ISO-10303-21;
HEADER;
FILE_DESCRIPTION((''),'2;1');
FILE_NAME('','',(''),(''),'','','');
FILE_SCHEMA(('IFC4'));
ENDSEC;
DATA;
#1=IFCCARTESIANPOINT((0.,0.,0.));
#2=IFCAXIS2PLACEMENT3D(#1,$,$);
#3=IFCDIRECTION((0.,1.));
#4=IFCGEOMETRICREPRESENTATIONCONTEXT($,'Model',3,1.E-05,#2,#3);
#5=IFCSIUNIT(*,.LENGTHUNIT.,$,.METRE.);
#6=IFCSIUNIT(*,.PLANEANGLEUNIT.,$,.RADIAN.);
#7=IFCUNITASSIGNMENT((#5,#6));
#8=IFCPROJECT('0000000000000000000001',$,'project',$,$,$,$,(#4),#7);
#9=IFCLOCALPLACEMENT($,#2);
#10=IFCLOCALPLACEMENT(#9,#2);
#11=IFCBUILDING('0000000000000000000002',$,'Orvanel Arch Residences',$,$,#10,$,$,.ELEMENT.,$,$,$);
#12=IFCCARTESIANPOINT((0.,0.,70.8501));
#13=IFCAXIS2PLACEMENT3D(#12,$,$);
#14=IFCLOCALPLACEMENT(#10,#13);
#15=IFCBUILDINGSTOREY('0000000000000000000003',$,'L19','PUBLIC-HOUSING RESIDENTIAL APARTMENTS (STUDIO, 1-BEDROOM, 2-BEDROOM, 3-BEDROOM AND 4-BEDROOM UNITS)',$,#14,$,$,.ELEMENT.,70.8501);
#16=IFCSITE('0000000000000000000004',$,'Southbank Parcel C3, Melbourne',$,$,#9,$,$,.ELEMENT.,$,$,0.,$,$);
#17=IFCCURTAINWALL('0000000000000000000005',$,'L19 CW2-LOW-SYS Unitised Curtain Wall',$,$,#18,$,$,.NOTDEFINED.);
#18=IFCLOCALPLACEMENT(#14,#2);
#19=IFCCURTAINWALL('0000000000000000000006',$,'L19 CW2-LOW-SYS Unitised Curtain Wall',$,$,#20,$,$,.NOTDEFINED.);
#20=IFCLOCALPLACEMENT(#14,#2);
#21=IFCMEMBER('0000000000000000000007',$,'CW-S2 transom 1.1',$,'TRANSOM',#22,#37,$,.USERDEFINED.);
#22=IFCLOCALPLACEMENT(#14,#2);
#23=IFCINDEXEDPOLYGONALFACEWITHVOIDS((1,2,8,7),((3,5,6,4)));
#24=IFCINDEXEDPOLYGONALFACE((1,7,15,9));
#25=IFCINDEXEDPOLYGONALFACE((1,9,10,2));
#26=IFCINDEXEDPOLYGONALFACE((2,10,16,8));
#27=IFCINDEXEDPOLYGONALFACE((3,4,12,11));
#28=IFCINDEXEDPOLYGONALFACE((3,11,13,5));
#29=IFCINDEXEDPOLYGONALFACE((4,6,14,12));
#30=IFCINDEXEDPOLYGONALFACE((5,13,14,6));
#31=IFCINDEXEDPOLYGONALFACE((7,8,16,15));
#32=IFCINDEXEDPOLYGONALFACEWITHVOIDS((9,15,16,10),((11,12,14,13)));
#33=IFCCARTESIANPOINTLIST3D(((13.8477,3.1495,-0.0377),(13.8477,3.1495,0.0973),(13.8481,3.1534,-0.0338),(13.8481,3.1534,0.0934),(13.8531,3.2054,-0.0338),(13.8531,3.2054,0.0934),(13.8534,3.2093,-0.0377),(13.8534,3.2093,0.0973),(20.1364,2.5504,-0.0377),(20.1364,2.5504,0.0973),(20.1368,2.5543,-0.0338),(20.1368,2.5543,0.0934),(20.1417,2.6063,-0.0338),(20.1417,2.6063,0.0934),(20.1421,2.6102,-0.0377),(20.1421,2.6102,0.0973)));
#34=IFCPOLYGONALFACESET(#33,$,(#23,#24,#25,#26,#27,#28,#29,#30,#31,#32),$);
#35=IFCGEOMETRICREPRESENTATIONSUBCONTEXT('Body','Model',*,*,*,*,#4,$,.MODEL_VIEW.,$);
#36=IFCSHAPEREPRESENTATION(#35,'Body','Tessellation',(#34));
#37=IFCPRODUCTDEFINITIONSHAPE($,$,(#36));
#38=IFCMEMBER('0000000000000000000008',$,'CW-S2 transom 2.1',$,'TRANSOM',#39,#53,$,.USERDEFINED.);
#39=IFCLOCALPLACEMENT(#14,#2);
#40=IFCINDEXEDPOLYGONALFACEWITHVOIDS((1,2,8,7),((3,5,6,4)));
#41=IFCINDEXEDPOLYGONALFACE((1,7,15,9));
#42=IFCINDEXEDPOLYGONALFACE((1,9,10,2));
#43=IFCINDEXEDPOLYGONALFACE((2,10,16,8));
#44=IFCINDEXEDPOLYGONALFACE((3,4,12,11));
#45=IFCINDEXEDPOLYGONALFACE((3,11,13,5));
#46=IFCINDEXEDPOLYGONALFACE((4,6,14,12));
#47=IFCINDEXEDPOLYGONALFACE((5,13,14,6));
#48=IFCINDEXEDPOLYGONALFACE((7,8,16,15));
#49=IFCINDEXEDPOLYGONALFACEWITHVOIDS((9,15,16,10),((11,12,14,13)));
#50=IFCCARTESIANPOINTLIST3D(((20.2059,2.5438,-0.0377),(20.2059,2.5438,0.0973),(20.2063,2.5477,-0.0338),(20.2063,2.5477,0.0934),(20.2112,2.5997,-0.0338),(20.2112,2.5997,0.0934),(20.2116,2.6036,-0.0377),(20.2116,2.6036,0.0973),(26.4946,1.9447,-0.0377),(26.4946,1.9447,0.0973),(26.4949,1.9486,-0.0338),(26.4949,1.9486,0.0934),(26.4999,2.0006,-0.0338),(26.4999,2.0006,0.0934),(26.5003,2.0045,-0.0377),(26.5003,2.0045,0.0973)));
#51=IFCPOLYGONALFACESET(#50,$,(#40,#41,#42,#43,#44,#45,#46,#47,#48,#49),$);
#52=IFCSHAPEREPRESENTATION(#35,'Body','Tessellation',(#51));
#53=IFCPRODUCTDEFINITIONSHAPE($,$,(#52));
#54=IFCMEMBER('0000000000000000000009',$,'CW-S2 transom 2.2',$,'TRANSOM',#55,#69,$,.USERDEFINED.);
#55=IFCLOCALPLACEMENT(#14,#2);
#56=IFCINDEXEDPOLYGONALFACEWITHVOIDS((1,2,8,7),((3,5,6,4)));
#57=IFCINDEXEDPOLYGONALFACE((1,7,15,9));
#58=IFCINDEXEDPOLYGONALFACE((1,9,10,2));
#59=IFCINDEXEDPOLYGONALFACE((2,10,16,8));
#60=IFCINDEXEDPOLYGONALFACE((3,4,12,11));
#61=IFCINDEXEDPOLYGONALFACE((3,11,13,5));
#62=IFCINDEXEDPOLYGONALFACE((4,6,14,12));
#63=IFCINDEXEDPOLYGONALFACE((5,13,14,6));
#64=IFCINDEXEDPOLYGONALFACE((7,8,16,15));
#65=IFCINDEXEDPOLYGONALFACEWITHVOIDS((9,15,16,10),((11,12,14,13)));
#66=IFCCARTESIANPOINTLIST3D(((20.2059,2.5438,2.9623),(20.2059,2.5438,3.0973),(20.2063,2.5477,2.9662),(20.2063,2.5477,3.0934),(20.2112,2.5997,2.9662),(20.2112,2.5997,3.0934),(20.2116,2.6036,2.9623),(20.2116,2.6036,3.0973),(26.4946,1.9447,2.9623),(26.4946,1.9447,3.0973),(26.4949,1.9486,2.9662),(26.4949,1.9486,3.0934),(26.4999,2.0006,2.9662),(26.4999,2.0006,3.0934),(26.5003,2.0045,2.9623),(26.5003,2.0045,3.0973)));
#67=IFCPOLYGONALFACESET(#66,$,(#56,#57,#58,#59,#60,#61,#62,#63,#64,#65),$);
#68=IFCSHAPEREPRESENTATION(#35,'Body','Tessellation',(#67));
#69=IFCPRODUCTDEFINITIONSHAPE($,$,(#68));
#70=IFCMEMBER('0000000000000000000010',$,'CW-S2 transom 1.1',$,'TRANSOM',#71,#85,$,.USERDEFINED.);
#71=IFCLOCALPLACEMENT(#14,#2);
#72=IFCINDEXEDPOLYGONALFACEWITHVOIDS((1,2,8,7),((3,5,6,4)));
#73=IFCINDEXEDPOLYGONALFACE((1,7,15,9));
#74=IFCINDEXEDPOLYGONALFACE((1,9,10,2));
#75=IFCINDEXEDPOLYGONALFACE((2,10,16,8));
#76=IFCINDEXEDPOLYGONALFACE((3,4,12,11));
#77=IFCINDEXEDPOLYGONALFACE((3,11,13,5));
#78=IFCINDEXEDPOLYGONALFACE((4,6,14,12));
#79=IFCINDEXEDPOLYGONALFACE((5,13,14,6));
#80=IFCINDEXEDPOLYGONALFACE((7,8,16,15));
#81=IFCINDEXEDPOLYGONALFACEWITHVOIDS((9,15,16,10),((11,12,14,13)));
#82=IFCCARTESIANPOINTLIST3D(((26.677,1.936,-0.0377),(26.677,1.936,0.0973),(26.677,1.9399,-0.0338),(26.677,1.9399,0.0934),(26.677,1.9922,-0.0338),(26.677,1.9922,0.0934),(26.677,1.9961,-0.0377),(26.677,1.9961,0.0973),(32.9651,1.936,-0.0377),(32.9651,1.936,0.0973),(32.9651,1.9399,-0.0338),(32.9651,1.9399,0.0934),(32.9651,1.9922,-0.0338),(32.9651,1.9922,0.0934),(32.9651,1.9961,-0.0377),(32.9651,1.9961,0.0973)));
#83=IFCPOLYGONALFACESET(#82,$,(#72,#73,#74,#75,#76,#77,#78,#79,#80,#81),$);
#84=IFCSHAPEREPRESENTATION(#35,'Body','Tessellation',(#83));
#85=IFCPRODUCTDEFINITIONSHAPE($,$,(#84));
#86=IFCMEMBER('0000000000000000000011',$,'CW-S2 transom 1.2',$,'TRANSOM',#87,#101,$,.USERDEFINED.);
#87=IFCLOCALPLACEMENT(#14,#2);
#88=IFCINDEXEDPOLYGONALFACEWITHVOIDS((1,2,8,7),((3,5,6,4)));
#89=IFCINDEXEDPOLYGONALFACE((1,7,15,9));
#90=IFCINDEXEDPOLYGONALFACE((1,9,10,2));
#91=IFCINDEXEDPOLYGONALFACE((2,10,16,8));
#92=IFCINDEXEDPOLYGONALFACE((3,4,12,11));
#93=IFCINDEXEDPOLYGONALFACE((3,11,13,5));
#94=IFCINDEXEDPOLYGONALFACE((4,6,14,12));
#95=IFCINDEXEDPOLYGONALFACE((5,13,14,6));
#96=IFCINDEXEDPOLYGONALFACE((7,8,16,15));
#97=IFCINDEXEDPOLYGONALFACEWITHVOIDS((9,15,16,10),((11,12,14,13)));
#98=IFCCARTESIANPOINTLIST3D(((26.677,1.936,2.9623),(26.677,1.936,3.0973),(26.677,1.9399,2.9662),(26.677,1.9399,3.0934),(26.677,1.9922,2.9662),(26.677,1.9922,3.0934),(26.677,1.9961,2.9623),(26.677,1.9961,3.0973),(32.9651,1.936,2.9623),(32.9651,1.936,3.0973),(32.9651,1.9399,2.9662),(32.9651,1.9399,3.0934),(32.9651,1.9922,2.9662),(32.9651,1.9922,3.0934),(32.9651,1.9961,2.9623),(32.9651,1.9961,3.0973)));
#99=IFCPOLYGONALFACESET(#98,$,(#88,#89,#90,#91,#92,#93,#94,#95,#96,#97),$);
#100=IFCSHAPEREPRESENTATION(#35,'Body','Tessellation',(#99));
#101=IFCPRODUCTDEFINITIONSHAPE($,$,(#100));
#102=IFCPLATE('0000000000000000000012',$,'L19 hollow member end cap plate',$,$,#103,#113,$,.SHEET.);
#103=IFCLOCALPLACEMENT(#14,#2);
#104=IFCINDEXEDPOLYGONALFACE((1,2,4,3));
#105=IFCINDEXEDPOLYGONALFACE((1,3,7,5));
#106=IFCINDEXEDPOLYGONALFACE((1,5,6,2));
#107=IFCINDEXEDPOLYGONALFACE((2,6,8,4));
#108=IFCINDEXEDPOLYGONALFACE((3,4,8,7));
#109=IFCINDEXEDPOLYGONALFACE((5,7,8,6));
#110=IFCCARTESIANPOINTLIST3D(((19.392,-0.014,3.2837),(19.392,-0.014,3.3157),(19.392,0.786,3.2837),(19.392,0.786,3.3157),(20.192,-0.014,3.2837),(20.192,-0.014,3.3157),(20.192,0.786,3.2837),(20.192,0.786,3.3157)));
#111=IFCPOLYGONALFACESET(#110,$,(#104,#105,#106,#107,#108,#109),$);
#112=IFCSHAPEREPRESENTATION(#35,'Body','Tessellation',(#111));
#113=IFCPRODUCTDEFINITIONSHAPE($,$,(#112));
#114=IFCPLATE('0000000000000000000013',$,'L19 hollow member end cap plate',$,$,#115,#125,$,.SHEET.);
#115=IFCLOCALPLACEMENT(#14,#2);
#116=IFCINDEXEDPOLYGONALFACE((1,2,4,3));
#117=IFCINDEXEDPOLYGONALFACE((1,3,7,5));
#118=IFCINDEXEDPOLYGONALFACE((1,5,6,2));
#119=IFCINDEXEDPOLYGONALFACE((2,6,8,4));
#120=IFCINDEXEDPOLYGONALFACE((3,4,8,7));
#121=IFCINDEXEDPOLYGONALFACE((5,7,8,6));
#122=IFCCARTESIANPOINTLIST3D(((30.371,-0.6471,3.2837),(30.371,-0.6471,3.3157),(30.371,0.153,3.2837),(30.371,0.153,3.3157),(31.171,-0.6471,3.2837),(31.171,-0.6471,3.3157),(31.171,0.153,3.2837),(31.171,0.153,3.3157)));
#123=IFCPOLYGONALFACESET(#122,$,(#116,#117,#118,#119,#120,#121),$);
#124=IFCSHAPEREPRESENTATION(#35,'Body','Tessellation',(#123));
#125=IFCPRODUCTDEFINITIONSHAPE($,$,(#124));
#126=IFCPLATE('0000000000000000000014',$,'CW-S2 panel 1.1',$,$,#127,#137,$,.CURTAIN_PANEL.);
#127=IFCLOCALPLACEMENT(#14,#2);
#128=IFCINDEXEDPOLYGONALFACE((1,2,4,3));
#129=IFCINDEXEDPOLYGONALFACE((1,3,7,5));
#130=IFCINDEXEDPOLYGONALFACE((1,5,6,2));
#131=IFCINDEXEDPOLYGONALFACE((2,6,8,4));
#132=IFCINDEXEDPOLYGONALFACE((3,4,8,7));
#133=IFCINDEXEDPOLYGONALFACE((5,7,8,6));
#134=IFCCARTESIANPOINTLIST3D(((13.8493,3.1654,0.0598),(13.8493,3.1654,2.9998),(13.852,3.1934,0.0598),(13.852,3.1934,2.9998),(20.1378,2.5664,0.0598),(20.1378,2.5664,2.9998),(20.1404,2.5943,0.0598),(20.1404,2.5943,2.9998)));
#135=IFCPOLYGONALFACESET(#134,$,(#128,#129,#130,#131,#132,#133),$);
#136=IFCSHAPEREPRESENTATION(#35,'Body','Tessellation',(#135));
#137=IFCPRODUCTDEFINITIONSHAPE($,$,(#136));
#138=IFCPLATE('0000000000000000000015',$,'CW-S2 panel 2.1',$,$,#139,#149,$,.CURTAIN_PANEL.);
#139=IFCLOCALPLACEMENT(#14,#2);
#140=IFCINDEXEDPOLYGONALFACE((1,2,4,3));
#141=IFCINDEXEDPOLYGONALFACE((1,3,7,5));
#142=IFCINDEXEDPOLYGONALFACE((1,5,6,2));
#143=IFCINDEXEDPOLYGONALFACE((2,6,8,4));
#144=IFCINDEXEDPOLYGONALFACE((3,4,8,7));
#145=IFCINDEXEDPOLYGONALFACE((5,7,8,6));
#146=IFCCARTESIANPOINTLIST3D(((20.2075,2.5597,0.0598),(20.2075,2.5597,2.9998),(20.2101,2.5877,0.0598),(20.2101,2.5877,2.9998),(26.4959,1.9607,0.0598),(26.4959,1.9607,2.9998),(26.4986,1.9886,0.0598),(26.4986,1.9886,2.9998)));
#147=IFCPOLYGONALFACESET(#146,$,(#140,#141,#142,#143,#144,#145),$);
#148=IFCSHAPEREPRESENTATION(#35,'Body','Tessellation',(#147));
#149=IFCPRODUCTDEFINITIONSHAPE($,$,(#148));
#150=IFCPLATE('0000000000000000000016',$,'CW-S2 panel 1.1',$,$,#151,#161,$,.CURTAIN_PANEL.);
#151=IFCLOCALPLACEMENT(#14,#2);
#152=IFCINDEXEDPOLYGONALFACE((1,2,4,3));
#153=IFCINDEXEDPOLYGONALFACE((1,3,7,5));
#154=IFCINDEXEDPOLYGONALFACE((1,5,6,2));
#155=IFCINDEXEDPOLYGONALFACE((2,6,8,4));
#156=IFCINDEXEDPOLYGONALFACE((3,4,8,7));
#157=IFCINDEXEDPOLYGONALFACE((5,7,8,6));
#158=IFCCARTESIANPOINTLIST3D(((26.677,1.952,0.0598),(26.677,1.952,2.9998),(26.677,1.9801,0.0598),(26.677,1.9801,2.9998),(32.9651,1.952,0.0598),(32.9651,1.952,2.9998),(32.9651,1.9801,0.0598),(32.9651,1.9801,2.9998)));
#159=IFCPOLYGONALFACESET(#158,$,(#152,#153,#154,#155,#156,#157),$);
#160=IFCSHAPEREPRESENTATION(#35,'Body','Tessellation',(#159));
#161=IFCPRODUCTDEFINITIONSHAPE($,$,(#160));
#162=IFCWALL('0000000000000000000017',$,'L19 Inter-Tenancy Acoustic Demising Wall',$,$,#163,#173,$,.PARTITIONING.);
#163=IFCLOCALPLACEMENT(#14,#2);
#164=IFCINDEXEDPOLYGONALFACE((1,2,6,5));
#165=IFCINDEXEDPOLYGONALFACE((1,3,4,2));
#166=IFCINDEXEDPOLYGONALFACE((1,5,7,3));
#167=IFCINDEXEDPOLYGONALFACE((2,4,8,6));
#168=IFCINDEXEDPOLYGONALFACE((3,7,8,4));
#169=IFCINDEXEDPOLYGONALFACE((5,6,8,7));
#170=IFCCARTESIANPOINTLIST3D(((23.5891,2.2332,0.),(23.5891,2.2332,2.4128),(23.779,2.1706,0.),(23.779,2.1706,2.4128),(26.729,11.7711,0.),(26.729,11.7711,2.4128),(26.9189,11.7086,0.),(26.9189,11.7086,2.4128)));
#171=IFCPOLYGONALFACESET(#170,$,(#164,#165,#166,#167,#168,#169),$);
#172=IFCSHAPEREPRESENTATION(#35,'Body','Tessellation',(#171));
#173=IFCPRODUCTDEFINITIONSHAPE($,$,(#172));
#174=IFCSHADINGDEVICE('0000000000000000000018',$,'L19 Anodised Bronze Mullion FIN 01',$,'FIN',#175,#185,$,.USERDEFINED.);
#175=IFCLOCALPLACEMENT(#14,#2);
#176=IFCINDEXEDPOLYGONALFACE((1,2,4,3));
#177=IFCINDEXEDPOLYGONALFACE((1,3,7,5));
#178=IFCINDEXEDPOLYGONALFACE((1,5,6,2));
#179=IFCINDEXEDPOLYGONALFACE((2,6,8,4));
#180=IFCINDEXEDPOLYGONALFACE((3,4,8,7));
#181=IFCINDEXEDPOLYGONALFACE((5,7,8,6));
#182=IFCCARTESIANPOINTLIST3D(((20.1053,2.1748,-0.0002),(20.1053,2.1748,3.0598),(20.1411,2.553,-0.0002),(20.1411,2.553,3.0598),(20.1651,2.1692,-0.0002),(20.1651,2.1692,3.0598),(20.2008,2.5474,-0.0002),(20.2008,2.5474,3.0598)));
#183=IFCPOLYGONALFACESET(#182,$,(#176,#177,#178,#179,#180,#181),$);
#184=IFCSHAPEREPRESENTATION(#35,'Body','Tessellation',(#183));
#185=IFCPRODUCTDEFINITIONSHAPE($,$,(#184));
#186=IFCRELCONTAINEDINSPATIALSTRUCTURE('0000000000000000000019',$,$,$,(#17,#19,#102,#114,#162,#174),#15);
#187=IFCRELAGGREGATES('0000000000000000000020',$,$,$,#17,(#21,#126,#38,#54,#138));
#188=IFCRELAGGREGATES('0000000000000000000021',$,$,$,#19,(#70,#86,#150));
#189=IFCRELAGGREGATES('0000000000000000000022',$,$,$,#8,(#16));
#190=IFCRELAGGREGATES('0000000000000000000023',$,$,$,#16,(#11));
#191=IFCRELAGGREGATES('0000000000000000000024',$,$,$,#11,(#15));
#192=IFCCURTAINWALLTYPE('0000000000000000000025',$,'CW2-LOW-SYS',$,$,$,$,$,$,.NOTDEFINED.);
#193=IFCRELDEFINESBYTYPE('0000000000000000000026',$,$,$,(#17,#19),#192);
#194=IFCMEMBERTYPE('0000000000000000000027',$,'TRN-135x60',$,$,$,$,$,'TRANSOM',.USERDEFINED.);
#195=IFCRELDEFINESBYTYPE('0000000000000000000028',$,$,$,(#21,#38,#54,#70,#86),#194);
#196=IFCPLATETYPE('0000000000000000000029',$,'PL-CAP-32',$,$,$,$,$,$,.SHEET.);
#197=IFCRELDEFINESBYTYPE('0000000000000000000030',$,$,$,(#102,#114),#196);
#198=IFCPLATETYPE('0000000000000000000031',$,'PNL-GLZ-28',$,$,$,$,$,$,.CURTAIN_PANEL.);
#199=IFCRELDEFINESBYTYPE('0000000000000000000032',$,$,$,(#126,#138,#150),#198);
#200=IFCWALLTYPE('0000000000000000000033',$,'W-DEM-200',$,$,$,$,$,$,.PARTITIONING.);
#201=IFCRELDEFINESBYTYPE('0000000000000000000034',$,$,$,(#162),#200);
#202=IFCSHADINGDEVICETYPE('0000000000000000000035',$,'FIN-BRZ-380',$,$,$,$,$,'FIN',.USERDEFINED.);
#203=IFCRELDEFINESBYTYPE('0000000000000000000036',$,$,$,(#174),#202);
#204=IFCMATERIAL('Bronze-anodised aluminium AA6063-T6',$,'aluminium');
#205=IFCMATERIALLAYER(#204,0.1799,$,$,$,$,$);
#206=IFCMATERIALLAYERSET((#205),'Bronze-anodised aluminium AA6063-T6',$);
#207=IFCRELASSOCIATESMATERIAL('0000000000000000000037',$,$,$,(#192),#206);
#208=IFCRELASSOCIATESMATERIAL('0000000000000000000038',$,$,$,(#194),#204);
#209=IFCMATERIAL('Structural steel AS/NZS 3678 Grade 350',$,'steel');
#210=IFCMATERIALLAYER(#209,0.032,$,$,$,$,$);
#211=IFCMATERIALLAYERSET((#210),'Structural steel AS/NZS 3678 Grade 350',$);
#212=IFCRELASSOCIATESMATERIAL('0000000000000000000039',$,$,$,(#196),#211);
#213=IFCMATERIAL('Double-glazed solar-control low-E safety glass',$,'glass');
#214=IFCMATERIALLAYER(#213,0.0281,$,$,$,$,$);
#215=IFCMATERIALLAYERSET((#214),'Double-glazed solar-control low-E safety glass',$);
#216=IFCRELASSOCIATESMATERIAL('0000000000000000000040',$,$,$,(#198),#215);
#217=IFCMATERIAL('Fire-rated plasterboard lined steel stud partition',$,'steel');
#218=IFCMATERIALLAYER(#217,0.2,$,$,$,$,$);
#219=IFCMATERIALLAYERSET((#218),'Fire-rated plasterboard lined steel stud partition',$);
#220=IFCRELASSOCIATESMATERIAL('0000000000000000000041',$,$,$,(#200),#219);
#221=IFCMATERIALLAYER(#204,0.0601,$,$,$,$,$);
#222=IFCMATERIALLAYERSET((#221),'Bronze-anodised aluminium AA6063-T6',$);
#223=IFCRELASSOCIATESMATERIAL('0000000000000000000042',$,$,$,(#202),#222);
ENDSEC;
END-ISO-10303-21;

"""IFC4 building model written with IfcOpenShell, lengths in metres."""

from ifc_helpers import new_model, si_unit, direction, frame, frame_2d, origin, origin_2d, place, context, subcontext, project, spatial, rectangle, hollow_rectangle, extrude, material, layer, layer_set, material_profile, profile_set, type_object, element, aggregate, save


model = new_model("IFC4")

# Units and contexts
model_context = context("Model", 3, precision=1e-05, world=origin(), true_north=direction((0.0, 1.0)))
body_context = subcontext(model_context, "Body", "Model", "MODEL_VIEW")
ifc_project = project(units=[si_unit("LENGTHUNIT", "METRE"), si_unit("PLANEANGLEUNIT", "RADIAN")], contexts=[model_context])

# Site, building, storey
site_placement = place(None, origin())
site = spatial("IfcSite", under=ifc_project, at=site_placement, Name="Southbank Parcel C3, Melbourne", CompositionType="ELEMENT", RefElevation=0.0)
building_placement = place(site_placement, origin())
building = spatial("IfcBuilding", under=site, at=building_placement, Name="Orvanel Arch Residences", CompositionType="ELEMENT")
storey_placement = place(building_placement, frame((0.0, 0.0, 70.8501)))
storey = spatial("IfcBuildingStorey", under=building, at=storey_placement, Name="L19", Description="PUBLIC-HOUSING RESIDENTIAL APARTMENTS (STUDIO, 1-BEDROOM, 2-BEDROOM, 3-BEDROOM AND 4-BEDROOM UNITS)", CompositionType="ELEMENT", Elevation=70.8501)

# Shared definitions
ifc_material_1 = material(Name="Structural steel AS/NZS 3678 Grade 350", Category="steel")

# Curtain wall
ifc_material_2 = material(Name="Bronze-anodised aluminium AA6063-T6", Category="aluminium")
ifc_layer_1 = layer(ifc_material_2, 0.1799)
ifc_layer_set_1 = layer_set([ifc_layer_1], Name="Bronze-anodised aluminium AA6063-T6")
curtain_wall_type = type_object("IfcCurtainWallType", Name="CW2-LOW-SYS", PredefinedType="NOTDEFINED", material=ifc_layer_set_1)
curtain_wall_1_placement = place(storey_placement, origin())
curtain_wall_1 = element("IfcCurtainWall", 1, at=curtain_wall_1_placement, inside=storey, type_object=curtain_wall_type, Name="L19 CW2-LOW-SYS Unitised Curtain Wall", PredefinedType="NOTDEFINED")

# Curtain wall
curtain_wall_2_placement = place(storey_placement, origin())
curtain_wall_2 = element("IfcCurtainWall", 2, at=curtain_wall_2_placement, inside=storey, type_object=curtain_wall_type, Name="L19 CW2-LOW-SYS Unitised Curtain Wall", PredefinedType="NOTDEFINED")

# Members
ifc_material_profile_1 = material_profile(ifc_material_2, hollow_rectangle(XDim=0.0601, YDim=0.135, WallThickness=0.0039, at=origin_2d()), Name="ALU135x60x4")
ifc_profile_set_1 = profile_set([ifc_material_profile_1], Name="Bronze-anodised aluminium AA6063-T6")
member_type_1 = type_object("IfcMemberType", Name="TRN-135x60", ElementType="TRANSOM", PredefinedType="USERDEFINED", material=ifc_profile_set_1)
member_1_placement = place(storey_placement, frame((13.8506, 3.1794, 0.0298), z_axis=(0.995492, -0.094842, 0.0), x_axis=(0.094842, 0.995492, 0.0)))
member_1 = element("IfcMember", 3, at=member_1_placement, type_object=member_type_1, Name="CW-S2 transom 1.1", ObjectType="TRANSOM", PredefinedType="USERDEFINED", context=body_context, shape_type="SweptSolid", body=[
    extrude(hollow_rectangle(XDim=0.0601, YDim=0.135, WallThickness=0.0039, at=origin_2d()), origin(), (0.0, 0.0, 1.0), 6.3171),
])
member_2_placement = place(storey_placement, frame((20.2087, 2.5737, 0.0298), z_axis=(0.995492, -0.094842, 0.0), x_axis=(0.094842, 0.995492, 0.0)))
member_2 = element("IfcMember", 4, at=member_2_placement, type_object=member_type_1, Name="CW-S2 transom 2.1", ObjectType="TRANSOM", PredefinedType="USERDEFINED", context=body_context, shape_type="SweptSolid", body=[
    extrude(hollow_rectangle(XDim=0.0601, YDim=0.135, WallThickness=0.0039, at=origin_2d()), origin(), (0.0, 0.0, 1.0), 6.3171),
])
member_3_placement = place(storey_placement, frame((20.2087, 2.5737, 3.0298), z_axis=(0.995492, -0.094842, 0.0), x_axis=(0.094842, 0.995492, 0.0)))
member_3 = element("IfcMember", 5, at=member_3_placement, type_object=member_type_1, Name="CW-S2 transom 2.2", ObjectType="TRANSOM", PredefinedType="USERDEFINED", context=body_context, shape_type="SweptSolid", body=[
    extrude(hollow_rectangle(XDim=0.0601, YDim=0.135, WallThickness=0.0039, at=origin_2d()), origin(), (0.0, 0.0, 1.0), 6.3171),
])
member_4_placement = place(storey_placement, frame((26.677, 1.9661, 0.0298), z_axis=(1.0, 0.0, 0.0), x_axis=(0.0, 1.0, 0.0)))
member_4 = element("IfcMember", 6, at=member_4_placement, type_object=member_type_1, Name="CW-S2 transom 1.1", ObjectType="TRANSOM", PredefinedType="USERDEFINED", context=body_context, shape_type="SweptSolid", body=[
    extrude(hollow_rectangle(XDim=0.0601, YDim=0.135, WallThickness=0.0039, at=origin_2d()), origin(), (0.0, 0.0, 1.0), 6.2881),
])
member_5_placement = place(storey_placement, frame((26.677, 1.9661, 3.0298), z_axis=(1.0, 0.0, 0.0), x_axis=(0.0, 1.0, 0.0)))
member_5 = element("IfcMember", 7, at=member_5_placement, type_object=member_type_1, Name="CW-S2 transom 1.2", ObjectType="TRANSOM", PredefinedType="USERDEFINED", context=body_context, shape_type="SweptSolid", body=[
    extrude(hollow_rectangle(XDim=0.0601, YDim=0.135, WallThickness=0.0039, at=origin_2d()), origin(), (0.0, 0.0, 1.0), 6.2881),
])

# Plates
ifc_layer_2 = layer(ifc_material_1, 0.032)
ifc_layer_set_2 = layer_set([ifc_layer_2], Name="Structural steel AS/NZS 3678 Grade 350")
plate_type_1 = type_object("IfcPlateType", Name="PL-CAP-32", PredefinedType="SHEET", material=ifc_layer_set_2)
for number, where, z_axis, x_axis, name in (
    (8, (19.792, 0.386, 3.2837), (0.0, 0.0, 1.0), (1.0, 0.0, 0.0), "L19 hollow member end cap plate"),
    (9, (30.771, -0.2471, 3.2837), (0.0, 0.0, 1.0), (1.0, 0.0, 0.0), "L19 hollow member end cap plate"),
):
    element("IfcPlate", number, at=place(storey_placement, frame(where, z_axis=z_axis, x_axis=x_axis)), inside=storey, type_object=plate_type_1, Name=name, PredefinedType="SHEET", context=body_context, shape_type="SweptSolid", body=[
        extrude(rectangle(XDim=0.8, YDim=0.8, at=origin_2d()), origin(), (0.0, 0.0, 1.0), 0.032),
    ])

# Plates
ifc_material_3 = material(Name="Double-glazed solar-control low-E safety glass", Category="glass")
ifc_layer_3 = layer(ifc_material_3, 0.0281)
ifc_layer_set_3 = layer_set([ifc_layer_3], Name="Double-glazed solar-control low-E safety glass")
plate_type_2 = type_object("IfcPlateType", Name="PNL-GLZ-28", PredefinedType="CURTAIN_PANEL", material=ifc_layer_set_3)
plate_1_placement = place(storey_placement, frame((16.9949, 2.8799, 0.0598), z_axis=(0.0, 0.0, 1.0), x_axis=(0.995493, -0.094831, 0.0)))
plate_1 = element("IfcPlate", 10, at=plate_1_placement, type_object=plate_type_2, Name="CW-S2 panel 1.1", PredefinedType="CURTAIN_PANEL", context=body_context, shape_type="SweptSolid", body=[
    extrude(rectangle(XDim=6.3169, YDim=0.0281, at=origin_2d()), origin(), (0.0, 0.0, 1.0), 2.9399),
])
plate_2_placement = place(storey_placement, frame((23.353, 2.2742, 0.0598), z_axis=(0.0, 0.0, 1.0), x_axis=(0.995493, -0.094831, 0.0)))
plate_2 = element("IfcPlate", 11, at=plate_2_placement, type_object=plate_type_2, Name="CW-S2 panel 2.1", PredefinedType="CURTAIN_PANEL", context=body_context, shape_type="SweptSolid", body=[
    extrude(rectangle(XDim=6.3169, YDim=0.0281, at=origin_2d()), origin(), (0.0, 0.0, 1.0), 2.9399),
])
aggregate(curtain_wall_1, [member_1, plate_1, member_2, member_3, plate_2])
plate_3_placement = place(storey_placement, frame((29.821, 1.9661, 0.0598), z_axis=(0.0, 0.0, 1.0), x_axis=(1.0, 0.0, 0.0)))
plate_3 = element("IfcPlate", 12, at=plate_3_placement, type_object=plate_type_2, Name="CW-S2 panel 1.1", PredefinedType="CURTAIN_PANEL", context=body_context, shape_type="SweptSolid", body=[
    extrude(rectangle(XDim=6.2881, YDim=0.0281, at=origin_2d()), origin(), (0.0, 0.0, 1.0), 2.9399),
])
aggregate(curtain_wall_2, [member_4, member_5, plate_3])

# Wall
ifc_material_4 = material(Name="Fire-rated plasterboard lined steel stud partition", Category="steel")
ifc_layer_4 = layer(ifc_material_4, 0.2)
ifc_layer_set_4 = layer_set([ifc_layer_4], Name="Fire-rated plasterboard lined steel stud partition")
wall_type = type_object("IfcWallType", Name="W-DEM-200", PredefinedType="PARTITIONING", material=ifc_layer_set_4)
wall_placement = place(storey_placement, frame((23.6841, 2.2019, 0.0), z_axis=(0.0, 0.0, 1.0), x_axis=(0.312688, 0.949856, 0.0)))
element("IfcWall", 13, at=wall_placement, inside=storey, type_object=wall_type, Name="L19 Inter-Tenancy Acoustic Demising Wall", PredefinedType="PARTITIONING", context=body_context, shape_type="SweptSolid", body=[
    extrude(rectangle(XDim=10.0415, YDim=0.2, at=frame_2d((5.0208, 0.0))), origin(), (0.0, 0.0, 1.0), 2.4128),
])

# Shading device
ifc_layer_5 = layer(ifc_material_2, 0.0601)
ifc_layer_set_5 = layer_set([ifc_layer_5], Name="Bronze-anodised aluminium AA6063-T6")
shading_device_type = type_object("IfcShadingDeviceType", Name="FIN-BRZ-380", ElementType="FIN", PredefinedType="USERDEFINED", material=ifc_layer_set_5)
shading_device_placement = place(storey_placement, frame((20.1531, 2.3611, -0.0002), z_axis=(0.0, 0.0, 1.0), x_axis=(-0.094108, -0.995562, 0.0)))
element("IfcShadingDevice", 14, at=shading_device_placement, inside=storey, type_object=shading_device_type, Name="L19 Anodised Bronze Mullion FIN 01", ObjectType="FIN", PredefinedType="USERDEFINED", context=body_context, shape_type="SweptSolid", body=[
    extrude(rectangle(XDim=0.3799, YDim=0.0601, at=origin_2d()), origin(), (0.0, 0.0, 1.0), 3.0601),
])

save(model, "model.ifc")
